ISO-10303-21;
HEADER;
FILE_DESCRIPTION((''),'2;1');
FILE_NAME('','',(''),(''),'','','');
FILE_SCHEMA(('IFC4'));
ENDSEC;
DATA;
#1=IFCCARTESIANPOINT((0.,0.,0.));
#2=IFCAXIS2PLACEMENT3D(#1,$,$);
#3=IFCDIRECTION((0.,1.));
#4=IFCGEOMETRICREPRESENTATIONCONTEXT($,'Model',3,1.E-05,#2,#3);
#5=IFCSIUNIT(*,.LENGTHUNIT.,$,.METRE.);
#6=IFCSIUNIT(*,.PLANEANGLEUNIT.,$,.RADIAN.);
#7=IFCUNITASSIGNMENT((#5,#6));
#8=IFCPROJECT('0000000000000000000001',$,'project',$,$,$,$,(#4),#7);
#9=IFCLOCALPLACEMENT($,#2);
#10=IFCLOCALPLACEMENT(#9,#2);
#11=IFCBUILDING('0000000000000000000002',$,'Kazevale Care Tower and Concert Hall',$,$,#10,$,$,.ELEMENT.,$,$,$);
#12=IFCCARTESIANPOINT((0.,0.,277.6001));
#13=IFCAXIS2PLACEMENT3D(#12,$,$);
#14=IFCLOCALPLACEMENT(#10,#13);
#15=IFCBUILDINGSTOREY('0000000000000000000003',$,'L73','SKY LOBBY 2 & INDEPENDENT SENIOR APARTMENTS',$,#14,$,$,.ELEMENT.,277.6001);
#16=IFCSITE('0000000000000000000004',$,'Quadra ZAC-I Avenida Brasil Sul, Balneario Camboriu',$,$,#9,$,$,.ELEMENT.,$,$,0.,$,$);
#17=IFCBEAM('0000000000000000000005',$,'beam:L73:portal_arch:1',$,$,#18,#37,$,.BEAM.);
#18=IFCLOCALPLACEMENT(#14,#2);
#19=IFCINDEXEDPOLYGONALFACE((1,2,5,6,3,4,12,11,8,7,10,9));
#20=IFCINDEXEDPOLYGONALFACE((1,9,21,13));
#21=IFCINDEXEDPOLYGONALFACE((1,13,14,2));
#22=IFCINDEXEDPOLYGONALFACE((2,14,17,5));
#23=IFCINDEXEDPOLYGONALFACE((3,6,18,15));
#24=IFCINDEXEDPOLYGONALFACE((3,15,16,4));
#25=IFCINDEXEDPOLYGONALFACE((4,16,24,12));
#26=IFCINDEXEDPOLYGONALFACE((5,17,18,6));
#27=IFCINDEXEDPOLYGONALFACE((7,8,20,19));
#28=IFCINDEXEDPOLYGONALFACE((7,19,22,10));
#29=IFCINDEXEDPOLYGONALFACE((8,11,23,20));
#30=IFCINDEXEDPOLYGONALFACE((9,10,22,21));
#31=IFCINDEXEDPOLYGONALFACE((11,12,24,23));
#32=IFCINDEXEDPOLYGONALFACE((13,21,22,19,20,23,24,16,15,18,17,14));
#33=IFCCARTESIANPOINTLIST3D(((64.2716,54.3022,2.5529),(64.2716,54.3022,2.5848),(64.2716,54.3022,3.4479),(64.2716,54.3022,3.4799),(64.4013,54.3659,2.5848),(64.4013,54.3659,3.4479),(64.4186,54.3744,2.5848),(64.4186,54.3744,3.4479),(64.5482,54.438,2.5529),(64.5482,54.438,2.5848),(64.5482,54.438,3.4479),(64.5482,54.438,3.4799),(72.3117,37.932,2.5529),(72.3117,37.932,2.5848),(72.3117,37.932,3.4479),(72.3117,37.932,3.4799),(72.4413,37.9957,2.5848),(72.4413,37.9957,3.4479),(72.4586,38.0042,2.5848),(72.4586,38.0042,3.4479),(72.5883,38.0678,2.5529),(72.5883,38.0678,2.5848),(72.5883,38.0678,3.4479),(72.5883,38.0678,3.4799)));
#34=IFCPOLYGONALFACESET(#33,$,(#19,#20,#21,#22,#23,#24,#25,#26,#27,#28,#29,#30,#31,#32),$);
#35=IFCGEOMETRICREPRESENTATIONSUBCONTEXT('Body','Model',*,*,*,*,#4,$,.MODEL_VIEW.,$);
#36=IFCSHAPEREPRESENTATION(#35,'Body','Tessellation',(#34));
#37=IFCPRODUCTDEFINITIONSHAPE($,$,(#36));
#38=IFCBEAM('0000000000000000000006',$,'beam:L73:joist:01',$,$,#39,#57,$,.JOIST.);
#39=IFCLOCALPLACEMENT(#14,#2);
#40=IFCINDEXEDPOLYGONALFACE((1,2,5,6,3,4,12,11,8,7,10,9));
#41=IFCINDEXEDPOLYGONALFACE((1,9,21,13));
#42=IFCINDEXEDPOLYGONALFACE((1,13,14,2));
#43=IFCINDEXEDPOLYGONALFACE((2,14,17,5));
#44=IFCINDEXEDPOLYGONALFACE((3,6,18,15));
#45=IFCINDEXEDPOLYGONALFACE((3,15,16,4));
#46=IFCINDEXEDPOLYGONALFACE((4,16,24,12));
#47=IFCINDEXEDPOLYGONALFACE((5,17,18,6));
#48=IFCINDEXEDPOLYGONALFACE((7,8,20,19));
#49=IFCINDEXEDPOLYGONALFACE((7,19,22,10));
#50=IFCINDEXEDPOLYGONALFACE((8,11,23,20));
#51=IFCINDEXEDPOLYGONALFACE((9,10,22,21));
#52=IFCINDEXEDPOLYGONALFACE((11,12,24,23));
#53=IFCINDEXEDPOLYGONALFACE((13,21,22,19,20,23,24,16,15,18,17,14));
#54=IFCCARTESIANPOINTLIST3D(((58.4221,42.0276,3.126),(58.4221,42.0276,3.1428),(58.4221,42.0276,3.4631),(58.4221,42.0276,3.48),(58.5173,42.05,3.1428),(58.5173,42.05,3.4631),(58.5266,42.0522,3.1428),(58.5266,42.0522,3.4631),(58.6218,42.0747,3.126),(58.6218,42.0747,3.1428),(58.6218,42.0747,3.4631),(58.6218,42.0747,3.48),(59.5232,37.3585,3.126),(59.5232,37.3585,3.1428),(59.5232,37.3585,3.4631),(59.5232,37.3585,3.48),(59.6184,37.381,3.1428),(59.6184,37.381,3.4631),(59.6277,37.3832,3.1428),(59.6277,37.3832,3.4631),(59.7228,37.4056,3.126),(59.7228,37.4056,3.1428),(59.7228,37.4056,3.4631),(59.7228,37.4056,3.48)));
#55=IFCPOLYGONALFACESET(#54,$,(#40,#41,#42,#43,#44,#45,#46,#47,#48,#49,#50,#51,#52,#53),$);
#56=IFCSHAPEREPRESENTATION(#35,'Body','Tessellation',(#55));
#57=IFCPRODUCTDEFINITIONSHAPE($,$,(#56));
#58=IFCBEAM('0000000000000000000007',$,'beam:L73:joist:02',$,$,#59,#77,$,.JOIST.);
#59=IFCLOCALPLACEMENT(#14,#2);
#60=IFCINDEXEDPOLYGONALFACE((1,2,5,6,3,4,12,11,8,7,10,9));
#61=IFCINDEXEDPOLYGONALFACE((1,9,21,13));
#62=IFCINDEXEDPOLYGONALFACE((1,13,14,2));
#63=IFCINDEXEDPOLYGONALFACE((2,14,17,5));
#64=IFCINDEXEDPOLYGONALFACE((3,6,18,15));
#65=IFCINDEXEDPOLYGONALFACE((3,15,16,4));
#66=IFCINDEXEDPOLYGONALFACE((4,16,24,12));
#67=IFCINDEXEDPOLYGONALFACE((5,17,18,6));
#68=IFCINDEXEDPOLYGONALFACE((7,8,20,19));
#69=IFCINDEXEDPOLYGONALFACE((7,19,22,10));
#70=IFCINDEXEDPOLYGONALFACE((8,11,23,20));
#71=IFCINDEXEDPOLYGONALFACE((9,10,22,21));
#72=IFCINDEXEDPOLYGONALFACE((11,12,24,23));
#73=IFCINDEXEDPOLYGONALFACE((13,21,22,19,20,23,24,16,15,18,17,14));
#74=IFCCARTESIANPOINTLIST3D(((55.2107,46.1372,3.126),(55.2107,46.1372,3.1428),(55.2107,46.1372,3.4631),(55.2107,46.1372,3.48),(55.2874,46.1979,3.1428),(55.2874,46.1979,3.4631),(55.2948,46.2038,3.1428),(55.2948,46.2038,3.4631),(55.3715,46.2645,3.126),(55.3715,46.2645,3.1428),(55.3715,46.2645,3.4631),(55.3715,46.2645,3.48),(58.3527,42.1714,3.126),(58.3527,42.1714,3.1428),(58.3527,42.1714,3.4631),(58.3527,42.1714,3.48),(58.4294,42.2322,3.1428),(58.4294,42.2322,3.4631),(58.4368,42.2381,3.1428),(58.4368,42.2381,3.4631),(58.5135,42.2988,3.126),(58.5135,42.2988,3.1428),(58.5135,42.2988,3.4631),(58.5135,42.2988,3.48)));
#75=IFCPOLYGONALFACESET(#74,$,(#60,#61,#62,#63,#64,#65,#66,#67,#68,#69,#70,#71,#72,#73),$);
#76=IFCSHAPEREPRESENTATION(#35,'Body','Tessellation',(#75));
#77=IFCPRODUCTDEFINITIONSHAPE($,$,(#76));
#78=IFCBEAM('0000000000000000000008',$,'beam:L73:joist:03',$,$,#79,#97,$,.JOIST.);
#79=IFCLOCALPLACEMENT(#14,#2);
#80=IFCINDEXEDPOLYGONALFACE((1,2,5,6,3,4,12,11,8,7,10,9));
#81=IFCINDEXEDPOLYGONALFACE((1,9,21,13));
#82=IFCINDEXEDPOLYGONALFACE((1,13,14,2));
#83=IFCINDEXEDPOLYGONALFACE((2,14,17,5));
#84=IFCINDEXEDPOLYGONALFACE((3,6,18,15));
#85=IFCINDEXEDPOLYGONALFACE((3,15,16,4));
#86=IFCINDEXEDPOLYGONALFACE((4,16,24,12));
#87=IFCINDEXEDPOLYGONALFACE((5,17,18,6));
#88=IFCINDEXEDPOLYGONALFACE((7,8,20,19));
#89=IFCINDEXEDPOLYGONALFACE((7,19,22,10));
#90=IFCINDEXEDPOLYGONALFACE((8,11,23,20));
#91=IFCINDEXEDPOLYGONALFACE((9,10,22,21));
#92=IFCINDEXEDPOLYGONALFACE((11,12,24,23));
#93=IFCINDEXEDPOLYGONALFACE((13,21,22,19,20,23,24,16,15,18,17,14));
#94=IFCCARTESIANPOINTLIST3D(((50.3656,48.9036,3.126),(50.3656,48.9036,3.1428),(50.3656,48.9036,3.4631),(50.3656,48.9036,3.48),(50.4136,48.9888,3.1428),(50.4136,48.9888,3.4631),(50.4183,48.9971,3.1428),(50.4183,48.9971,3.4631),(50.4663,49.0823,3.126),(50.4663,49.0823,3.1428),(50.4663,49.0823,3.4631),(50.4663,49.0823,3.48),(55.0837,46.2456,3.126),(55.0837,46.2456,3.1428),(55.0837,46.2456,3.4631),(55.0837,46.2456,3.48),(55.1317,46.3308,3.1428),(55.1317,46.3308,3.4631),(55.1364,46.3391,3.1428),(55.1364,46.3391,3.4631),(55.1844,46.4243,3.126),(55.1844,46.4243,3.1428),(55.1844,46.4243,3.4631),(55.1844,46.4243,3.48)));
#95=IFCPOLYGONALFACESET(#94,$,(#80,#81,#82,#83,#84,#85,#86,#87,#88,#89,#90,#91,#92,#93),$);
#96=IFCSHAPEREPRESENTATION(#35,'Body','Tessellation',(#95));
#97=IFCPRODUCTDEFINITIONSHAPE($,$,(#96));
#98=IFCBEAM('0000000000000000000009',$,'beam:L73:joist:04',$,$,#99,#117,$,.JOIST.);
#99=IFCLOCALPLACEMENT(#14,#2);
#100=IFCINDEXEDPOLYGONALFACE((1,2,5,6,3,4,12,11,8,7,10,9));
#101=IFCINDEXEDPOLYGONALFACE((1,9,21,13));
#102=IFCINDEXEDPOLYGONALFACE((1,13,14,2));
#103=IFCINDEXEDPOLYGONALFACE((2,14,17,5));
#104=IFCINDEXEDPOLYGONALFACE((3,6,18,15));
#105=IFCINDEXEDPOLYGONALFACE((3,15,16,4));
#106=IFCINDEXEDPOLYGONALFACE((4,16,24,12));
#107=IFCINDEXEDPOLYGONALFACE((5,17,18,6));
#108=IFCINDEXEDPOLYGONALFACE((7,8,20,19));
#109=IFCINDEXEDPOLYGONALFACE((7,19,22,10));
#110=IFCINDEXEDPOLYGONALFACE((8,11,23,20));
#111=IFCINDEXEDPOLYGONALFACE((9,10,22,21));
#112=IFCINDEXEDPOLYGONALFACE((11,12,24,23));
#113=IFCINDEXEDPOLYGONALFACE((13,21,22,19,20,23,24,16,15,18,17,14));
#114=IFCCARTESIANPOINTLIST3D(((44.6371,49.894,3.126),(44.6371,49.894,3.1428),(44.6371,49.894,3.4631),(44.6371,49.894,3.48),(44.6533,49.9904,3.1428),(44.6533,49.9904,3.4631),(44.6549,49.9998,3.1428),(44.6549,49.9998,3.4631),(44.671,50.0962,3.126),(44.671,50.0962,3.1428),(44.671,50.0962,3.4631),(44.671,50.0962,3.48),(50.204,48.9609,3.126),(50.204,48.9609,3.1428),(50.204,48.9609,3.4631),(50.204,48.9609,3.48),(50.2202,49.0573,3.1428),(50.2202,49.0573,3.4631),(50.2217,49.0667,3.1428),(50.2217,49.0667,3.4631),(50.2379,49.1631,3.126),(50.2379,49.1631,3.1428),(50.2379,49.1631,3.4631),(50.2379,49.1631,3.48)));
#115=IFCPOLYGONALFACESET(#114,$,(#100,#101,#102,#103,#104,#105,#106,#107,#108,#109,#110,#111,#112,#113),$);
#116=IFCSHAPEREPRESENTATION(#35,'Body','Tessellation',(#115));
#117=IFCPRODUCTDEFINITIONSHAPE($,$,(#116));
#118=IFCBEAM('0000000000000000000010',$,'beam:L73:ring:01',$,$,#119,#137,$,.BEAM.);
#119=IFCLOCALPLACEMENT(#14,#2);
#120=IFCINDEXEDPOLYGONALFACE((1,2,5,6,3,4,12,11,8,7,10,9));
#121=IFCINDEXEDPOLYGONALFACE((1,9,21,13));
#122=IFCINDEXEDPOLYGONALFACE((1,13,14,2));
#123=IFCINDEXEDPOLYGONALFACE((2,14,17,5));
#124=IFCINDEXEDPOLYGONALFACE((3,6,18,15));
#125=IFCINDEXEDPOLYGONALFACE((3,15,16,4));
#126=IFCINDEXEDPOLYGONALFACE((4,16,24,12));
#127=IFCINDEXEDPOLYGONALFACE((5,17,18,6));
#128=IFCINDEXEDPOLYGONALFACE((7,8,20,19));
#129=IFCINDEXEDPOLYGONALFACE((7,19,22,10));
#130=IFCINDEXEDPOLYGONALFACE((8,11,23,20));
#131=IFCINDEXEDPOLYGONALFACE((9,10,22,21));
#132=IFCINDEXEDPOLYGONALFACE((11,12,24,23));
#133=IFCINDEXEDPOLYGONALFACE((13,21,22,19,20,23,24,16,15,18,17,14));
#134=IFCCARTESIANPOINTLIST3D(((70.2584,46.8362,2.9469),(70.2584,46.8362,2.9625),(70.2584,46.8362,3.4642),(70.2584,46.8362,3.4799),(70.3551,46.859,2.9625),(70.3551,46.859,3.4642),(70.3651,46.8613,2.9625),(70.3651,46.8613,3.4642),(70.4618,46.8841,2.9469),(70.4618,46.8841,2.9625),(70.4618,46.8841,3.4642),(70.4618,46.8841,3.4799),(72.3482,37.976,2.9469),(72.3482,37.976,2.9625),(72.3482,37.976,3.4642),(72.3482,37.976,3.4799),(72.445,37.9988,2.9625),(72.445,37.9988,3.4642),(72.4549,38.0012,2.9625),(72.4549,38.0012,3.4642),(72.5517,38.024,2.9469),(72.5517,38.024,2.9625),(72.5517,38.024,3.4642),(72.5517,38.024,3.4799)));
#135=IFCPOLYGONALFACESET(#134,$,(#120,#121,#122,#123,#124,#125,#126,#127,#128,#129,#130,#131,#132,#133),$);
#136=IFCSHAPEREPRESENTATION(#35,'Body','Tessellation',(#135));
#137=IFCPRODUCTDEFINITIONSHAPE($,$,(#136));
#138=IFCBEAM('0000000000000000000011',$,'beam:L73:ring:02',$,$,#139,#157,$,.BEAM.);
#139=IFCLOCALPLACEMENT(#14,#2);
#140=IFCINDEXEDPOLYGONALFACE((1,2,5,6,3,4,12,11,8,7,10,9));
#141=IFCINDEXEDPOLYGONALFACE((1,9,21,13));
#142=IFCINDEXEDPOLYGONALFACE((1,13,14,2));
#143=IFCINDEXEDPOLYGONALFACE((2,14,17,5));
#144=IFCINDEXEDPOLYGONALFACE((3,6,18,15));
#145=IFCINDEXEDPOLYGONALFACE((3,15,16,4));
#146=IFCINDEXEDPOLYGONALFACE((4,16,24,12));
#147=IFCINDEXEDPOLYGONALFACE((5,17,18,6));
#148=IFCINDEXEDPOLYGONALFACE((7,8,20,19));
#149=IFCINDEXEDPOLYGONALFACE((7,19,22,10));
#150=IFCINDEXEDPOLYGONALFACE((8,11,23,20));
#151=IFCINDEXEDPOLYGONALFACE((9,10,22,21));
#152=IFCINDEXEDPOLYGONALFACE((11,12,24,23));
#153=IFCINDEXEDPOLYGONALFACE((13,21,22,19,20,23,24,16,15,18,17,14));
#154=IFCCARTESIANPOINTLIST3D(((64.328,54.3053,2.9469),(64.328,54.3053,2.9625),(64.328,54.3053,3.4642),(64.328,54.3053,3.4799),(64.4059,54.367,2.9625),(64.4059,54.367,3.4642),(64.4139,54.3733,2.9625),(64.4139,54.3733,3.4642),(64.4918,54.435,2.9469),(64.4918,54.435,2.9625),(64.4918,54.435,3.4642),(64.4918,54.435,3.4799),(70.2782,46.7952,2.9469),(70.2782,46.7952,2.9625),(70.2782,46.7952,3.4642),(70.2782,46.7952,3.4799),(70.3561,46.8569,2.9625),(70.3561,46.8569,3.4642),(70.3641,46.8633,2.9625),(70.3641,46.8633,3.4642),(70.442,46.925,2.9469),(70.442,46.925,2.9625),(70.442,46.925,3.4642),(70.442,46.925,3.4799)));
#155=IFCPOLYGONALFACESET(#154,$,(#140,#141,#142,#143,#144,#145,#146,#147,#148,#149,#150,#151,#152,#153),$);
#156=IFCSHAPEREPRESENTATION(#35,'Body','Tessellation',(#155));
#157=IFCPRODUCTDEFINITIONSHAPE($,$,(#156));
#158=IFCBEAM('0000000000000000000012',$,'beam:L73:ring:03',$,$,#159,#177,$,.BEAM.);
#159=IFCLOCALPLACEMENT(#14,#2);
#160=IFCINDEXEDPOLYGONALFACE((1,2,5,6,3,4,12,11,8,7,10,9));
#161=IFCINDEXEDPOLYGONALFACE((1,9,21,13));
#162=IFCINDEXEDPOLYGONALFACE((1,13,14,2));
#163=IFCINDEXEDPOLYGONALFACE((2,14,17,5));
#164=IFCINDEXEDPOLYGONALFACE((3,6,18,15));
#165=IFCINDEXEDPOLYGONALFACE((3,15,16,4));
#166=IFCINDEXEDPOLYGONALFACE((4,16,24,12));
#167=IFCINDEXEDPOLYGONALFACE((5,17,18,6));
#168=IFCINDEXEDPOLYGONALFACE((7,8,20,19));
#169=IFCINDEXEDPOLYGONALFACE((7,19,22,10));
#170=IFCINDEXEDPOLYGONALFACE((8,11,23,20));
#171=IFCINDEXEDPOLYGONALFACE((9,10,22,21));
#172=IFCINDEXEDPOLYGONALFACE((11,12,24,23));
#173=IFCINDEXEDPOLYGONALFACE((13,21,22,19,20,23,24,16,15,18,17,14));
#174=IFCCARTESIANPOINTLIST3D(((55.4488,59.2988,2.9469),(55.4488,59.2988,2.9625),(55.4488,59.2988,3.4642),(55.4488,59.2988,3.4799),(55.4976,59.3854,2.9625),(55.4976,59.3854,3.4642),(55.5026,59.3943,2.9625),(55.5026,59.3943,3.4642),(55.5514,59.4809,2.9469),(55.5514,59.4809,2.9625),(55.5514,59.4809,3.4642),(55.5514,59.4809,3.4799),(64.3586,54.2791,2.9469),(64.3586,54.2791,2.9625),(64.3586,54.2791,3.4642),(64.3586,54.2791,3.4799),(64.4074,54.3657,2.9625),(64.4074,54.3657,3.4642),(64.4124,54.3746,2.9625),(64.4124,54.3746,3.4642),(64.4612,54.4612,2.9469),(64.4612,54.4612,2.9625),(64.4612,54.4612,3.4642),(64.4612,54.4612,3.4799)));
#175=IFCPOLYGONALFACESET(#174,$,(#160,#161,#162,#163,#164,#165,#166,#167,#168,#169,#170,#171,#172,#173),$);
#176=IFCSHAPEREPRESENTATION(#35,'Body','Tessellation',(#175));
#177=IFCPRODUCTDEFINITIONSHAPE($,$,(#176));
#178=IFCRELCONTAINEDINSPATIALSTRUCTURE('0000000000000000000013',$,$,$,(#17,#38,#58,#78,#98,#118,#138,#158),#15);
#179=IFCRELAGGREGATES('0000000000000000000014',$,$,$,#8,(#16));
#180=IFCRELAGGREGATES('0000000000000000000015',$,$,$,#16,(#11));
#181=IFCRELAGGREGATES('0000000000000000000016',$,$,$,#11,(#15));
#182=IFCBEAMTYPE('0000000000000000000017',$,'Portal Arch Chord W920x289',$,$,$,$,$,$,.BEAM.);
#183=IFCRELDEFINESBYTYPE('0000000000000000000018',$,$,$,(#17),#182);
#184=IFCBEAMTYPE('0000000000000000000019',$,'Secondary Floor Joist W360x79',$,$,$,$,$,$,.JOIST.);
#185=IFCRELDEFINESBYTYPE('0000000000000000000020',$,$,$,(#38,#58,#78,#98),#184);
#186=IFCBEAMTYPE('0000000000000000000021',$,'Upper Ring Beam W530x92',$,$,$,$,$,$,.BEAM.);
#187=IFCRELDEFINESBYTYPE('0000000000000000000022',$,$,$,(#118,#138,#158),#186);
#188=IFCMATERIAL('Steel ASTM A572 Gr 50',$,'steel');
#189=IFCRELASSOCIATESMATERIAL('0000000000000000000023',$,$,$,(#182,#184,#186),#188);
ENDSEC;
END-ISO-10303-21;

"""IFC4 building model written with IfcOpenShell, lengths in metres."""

from ifc_helpers import new_model, si_unit, direction, frame, origin, origin_2d, place, context, subcontext, project, spatial, i_section, extrude, material, material_profile, profile_set, type_object, element, save


model = new_model("IFC4")

# Units and contexts
model_context = context("Model", 3, precision=1e-05, world=origin(), true_north=direction((0.0, 1.0)))
body_context = subcontext(model_context, "Body", "Model", "MODEL_VIEW")
ifc_project = project(units=[si_unit("LENGTHUNIT", "METRE"), si_unit("PLANEANGLEUNIT", "RADIAN")], contexts=[model_context])

# Site, building, storey
site_placement = place(None, origin())
site = spatial("IfcSite", under=ifc_project, at=site_placement, Name="Quadra ZAC-I Avenida Brasil Sul, Balneario Camboriu", CompositionType="ELEMENT", RefElevation=0.0)
building_placement = place(site_placement, origin())
building = spatial("IfcBuilding", under=site, at=building_placement, Name="Kazevale Care Tower and Concert Hall", CompositionType="ELEMENT")
storey_placement = place(building_placement, frame((0.0, 0.0, 277.6001)))
storey = spatial("IfcBuildingStorey", under=building, at=storey_placement, Name="L73", Description="SKY LOBBY 2 & INDEPENDENT SENIOR APARTMENTS", CompositionType="ELEMENT", Elevation=277.6001)

# Shared definitions
ifc_material_1 = material(Name="Steel ASTM A572 Gr 50", Category="steel")

# Beams
ifc_material_profile_1 = material_profile(ifc_material_1, i_section(OverallWidth=0.3081, OverallDepth=0.927, WebThickness=0.0193, FlangeThickness=0.032, at=origin_2d()), Name="W920x289")
ifc_profile_set_1 = profile_set([ifc_material_profile_1], Name="Steel ASTM A572 Gr 50")
beam_type_1 = type_object("IfcBeamType", Name="Portal Arch Chord W920x289", PredefinedType="BEAM", material=ifc_profile_set_1)
beam_1_placement = place(storey_placement, frame((64.4099, 54.3701, 3.0164), z_axis=(0.440841, -0.897585, 0.0), x_axis=(0.897585, 0.440841, 0.0)))
element("IfcBeam", 1, at=beam_1_placement, inside=storey, type_object=beam_type_1, Name="beam:L73:portal_arch:1", PredefinedType="BEAM", context=body_context, shape_type="SweptSolid", body=[
    extrude(i_section(OverallWidth=0.3081, OverallDepth=0.927, WebThickness=0.0193, FlangeThickness=0.032, at=origin_2d()), origin(), (0.0, 0.0, 1.0), 18.238),
])
ifc_material_profile_2 = material_profile(ifc_material_1, i_section(OverallWidth=0.2051, OverallDepth=0.354, WebThickness=0.0095, FlangeThickness=0.0168, at=origin_2d()), Name="W360x79")
ifc_profile_set_2 = profile_set([ifc_material_profile_2], Name="Steel ASTM A572 Gr 50")
beam_type_2 = type_object("IfcBeamType", Name="Secondary Floor Joist W360x79", PredefinedType="JOIST", material=ifc_profile_set_2)
beam_2_placement = place(storey_placement, frame((59.623, 37.3821, 3.303), z_axis=(-0.229533, 0.973301, 0.0), x_axis=(-0.973301, -0.229533, 0.0)))
element("IfcBeam", 2, at=beam_2_placement, inside=storey, type_object=beam_type_2, Name="beam:L73:joist:01", PredefinedType="JOIST", context=body_context, shape_type="SweptSolid", body=[
    extrude(i_section(OverallWidth=0.2051, OverallDepth=0.354, WebThickness=0.0095, FlangeThickness=0.0168, at=origin_2d()), origin(), (0.0, 0.0, 1.0), 4.7971),
])
beam_3_placement = place(storey_placement, frame((58.4331, 42.2351, 3.303), z_axis=(-0.621004, 0.783807, 0.0), x_axis=(-0.783807, -0.621004, 0.0)))
element("IfcBeam", 3, at=beam_3_placement, inside=storey, type_object=beam_type_2, Name="beam:L73:joist:02", PredefinedType="JOIST", context=body_context, shape_type="SweptSolid", body=[
    extrude(i_section(OverallWidth=0.2051, OverallDepth=0.354, WebThickness=0.0095, FlangeThickness=0.0168, at=origin_2d()), origin(), (0.0, 0.0, 1.0), 5.0596),
])
beam_4_placement = place(storey_placement, frame((55.134, 46.335, 3.303), z_axis=(-0.871254, 0.490833, 0.0), x_axis=(-0.490833, -0.871254, 0.0)))
element("IfcBeam", 4, at=beam_4_placement, inside=storey, type_object=beam_type_2, Name="beam:L73:joist:03", PredefinedType="JOIST", context=body_context, shape_type="SweptSolid", body=[
    extrude(i_section(OverallWidth=0.2051, OverallDepth=0.354, WebThickness=0.0095, FlangeThickness=0.0168, at=origin_2d()), origin(), (0.0, 0.0, 1.0), 5.4153),
])
beam_5_placement = place(storey_placement, frame((50.2209, 49.062, 3.303), z_axis=(-0.986242, 0.165311, 0.0), x_axis=(-0.165311, -0.986242, 0.0)))
element("IfcBeam", 5, at=beam_5_placement, inside=storey, type_object=beam_type_2, Name="beam:L73:joist:04", PredefinedType="JOIST", context=body_context, shape_type="SweptSolid", body=[
    extrude(i_section(OverallWidth=0.2051, OverallDepth=0.354, WebThickness=0.0095, FlangeThickness=0.0168, at=origin_2d()), origin(), (0.0, 0.0, 1.0), 5.6445),
])
ifc_material_profile_3 = material_profile(ifc_material_1, i_section(OverallWidth=0.209, OverallDepth=0.533, WebThickness=0.0103, FlangeThickness=0.0156, at=origin_2d()), Name="W530x92")
ifc_profile_set_3 = profile_set([ifc_material_profile_3], Name="Steel ASTM A572 Gr 50")
beam_type_3 = type_object("IfcBeamType", Name="Upper Ring Beam W530x92", PredefinedType="BEAM", material=ifc_profile_set_3)
beam_6_placement = place(storey_placement, frame((72.45, 38.0, 3.2134), z_axis=(-0.229571, 0.973292, 0.0), x_axis=(-0.973292, -0.229571, 0.0)))
element("IfcBeam", 6, at=beam_6_placement, inside=storey, type_object=beam_type_3, Name="beam:L73:ring:01", PredefinedType="BEAM", context=body_context, shape_type="SweptSolid", body=[
    extrude(i_section(OverallWidth=0.209, OverallDepth=0.533, WebThickness=0.0103, FlangeThickness=0.0156, at=origin_2d()), origin(), (0.0, 0.0, 1.0), 9.1033),
])
beam_7_placement = place(storey_placement, frame((70.3601, 46.8601, 3.2134), z_axis=(-0.621009, 0.783803, 0.0), x_axis=(-0.783803, -0.621009, 0.0)))
element("IfcBeam", 7, at=beam_7_placement, inside=storey, type_object=beam_type_3, Name="beam:L73:ring:02", PredefinedType="BEAM", context=body_context, shape_type="SweptSolid", body=[
    extrude(i_section(OverallWidth=0.209, OverallDepth=0.533, WebThickness=0.0103, FlangeThickness=0.0156, at=origin_2d()), origin(), (0.0, 0.0, 1.0), 9.5815),
])
beam_8_placement = place(storey_placement, frame((64.4099, 54.3701, 3.2134), z_axis=(-0.871243, 0.490852, 0.0), x_axis=(-0.490852, -0.871243, 0.0)))
element("IfcBeam", 8, at=beam_8_placement, inside=storey, type_object=beam_type_3, Name="beam:L73:ring:03", PredefinedType="BEAM", context=body_context, shape_type="SweptSolid", body=[
    extrude(i_section(OverallWidth=0.209, OverallDepth=0.533, WebThickness=0.0103, FlangeThickness=0.0156, at=origin_2d()), origin(), (0.0, 0.0, 1.0), 10.2266),
])

save(model, "model.ifc")
